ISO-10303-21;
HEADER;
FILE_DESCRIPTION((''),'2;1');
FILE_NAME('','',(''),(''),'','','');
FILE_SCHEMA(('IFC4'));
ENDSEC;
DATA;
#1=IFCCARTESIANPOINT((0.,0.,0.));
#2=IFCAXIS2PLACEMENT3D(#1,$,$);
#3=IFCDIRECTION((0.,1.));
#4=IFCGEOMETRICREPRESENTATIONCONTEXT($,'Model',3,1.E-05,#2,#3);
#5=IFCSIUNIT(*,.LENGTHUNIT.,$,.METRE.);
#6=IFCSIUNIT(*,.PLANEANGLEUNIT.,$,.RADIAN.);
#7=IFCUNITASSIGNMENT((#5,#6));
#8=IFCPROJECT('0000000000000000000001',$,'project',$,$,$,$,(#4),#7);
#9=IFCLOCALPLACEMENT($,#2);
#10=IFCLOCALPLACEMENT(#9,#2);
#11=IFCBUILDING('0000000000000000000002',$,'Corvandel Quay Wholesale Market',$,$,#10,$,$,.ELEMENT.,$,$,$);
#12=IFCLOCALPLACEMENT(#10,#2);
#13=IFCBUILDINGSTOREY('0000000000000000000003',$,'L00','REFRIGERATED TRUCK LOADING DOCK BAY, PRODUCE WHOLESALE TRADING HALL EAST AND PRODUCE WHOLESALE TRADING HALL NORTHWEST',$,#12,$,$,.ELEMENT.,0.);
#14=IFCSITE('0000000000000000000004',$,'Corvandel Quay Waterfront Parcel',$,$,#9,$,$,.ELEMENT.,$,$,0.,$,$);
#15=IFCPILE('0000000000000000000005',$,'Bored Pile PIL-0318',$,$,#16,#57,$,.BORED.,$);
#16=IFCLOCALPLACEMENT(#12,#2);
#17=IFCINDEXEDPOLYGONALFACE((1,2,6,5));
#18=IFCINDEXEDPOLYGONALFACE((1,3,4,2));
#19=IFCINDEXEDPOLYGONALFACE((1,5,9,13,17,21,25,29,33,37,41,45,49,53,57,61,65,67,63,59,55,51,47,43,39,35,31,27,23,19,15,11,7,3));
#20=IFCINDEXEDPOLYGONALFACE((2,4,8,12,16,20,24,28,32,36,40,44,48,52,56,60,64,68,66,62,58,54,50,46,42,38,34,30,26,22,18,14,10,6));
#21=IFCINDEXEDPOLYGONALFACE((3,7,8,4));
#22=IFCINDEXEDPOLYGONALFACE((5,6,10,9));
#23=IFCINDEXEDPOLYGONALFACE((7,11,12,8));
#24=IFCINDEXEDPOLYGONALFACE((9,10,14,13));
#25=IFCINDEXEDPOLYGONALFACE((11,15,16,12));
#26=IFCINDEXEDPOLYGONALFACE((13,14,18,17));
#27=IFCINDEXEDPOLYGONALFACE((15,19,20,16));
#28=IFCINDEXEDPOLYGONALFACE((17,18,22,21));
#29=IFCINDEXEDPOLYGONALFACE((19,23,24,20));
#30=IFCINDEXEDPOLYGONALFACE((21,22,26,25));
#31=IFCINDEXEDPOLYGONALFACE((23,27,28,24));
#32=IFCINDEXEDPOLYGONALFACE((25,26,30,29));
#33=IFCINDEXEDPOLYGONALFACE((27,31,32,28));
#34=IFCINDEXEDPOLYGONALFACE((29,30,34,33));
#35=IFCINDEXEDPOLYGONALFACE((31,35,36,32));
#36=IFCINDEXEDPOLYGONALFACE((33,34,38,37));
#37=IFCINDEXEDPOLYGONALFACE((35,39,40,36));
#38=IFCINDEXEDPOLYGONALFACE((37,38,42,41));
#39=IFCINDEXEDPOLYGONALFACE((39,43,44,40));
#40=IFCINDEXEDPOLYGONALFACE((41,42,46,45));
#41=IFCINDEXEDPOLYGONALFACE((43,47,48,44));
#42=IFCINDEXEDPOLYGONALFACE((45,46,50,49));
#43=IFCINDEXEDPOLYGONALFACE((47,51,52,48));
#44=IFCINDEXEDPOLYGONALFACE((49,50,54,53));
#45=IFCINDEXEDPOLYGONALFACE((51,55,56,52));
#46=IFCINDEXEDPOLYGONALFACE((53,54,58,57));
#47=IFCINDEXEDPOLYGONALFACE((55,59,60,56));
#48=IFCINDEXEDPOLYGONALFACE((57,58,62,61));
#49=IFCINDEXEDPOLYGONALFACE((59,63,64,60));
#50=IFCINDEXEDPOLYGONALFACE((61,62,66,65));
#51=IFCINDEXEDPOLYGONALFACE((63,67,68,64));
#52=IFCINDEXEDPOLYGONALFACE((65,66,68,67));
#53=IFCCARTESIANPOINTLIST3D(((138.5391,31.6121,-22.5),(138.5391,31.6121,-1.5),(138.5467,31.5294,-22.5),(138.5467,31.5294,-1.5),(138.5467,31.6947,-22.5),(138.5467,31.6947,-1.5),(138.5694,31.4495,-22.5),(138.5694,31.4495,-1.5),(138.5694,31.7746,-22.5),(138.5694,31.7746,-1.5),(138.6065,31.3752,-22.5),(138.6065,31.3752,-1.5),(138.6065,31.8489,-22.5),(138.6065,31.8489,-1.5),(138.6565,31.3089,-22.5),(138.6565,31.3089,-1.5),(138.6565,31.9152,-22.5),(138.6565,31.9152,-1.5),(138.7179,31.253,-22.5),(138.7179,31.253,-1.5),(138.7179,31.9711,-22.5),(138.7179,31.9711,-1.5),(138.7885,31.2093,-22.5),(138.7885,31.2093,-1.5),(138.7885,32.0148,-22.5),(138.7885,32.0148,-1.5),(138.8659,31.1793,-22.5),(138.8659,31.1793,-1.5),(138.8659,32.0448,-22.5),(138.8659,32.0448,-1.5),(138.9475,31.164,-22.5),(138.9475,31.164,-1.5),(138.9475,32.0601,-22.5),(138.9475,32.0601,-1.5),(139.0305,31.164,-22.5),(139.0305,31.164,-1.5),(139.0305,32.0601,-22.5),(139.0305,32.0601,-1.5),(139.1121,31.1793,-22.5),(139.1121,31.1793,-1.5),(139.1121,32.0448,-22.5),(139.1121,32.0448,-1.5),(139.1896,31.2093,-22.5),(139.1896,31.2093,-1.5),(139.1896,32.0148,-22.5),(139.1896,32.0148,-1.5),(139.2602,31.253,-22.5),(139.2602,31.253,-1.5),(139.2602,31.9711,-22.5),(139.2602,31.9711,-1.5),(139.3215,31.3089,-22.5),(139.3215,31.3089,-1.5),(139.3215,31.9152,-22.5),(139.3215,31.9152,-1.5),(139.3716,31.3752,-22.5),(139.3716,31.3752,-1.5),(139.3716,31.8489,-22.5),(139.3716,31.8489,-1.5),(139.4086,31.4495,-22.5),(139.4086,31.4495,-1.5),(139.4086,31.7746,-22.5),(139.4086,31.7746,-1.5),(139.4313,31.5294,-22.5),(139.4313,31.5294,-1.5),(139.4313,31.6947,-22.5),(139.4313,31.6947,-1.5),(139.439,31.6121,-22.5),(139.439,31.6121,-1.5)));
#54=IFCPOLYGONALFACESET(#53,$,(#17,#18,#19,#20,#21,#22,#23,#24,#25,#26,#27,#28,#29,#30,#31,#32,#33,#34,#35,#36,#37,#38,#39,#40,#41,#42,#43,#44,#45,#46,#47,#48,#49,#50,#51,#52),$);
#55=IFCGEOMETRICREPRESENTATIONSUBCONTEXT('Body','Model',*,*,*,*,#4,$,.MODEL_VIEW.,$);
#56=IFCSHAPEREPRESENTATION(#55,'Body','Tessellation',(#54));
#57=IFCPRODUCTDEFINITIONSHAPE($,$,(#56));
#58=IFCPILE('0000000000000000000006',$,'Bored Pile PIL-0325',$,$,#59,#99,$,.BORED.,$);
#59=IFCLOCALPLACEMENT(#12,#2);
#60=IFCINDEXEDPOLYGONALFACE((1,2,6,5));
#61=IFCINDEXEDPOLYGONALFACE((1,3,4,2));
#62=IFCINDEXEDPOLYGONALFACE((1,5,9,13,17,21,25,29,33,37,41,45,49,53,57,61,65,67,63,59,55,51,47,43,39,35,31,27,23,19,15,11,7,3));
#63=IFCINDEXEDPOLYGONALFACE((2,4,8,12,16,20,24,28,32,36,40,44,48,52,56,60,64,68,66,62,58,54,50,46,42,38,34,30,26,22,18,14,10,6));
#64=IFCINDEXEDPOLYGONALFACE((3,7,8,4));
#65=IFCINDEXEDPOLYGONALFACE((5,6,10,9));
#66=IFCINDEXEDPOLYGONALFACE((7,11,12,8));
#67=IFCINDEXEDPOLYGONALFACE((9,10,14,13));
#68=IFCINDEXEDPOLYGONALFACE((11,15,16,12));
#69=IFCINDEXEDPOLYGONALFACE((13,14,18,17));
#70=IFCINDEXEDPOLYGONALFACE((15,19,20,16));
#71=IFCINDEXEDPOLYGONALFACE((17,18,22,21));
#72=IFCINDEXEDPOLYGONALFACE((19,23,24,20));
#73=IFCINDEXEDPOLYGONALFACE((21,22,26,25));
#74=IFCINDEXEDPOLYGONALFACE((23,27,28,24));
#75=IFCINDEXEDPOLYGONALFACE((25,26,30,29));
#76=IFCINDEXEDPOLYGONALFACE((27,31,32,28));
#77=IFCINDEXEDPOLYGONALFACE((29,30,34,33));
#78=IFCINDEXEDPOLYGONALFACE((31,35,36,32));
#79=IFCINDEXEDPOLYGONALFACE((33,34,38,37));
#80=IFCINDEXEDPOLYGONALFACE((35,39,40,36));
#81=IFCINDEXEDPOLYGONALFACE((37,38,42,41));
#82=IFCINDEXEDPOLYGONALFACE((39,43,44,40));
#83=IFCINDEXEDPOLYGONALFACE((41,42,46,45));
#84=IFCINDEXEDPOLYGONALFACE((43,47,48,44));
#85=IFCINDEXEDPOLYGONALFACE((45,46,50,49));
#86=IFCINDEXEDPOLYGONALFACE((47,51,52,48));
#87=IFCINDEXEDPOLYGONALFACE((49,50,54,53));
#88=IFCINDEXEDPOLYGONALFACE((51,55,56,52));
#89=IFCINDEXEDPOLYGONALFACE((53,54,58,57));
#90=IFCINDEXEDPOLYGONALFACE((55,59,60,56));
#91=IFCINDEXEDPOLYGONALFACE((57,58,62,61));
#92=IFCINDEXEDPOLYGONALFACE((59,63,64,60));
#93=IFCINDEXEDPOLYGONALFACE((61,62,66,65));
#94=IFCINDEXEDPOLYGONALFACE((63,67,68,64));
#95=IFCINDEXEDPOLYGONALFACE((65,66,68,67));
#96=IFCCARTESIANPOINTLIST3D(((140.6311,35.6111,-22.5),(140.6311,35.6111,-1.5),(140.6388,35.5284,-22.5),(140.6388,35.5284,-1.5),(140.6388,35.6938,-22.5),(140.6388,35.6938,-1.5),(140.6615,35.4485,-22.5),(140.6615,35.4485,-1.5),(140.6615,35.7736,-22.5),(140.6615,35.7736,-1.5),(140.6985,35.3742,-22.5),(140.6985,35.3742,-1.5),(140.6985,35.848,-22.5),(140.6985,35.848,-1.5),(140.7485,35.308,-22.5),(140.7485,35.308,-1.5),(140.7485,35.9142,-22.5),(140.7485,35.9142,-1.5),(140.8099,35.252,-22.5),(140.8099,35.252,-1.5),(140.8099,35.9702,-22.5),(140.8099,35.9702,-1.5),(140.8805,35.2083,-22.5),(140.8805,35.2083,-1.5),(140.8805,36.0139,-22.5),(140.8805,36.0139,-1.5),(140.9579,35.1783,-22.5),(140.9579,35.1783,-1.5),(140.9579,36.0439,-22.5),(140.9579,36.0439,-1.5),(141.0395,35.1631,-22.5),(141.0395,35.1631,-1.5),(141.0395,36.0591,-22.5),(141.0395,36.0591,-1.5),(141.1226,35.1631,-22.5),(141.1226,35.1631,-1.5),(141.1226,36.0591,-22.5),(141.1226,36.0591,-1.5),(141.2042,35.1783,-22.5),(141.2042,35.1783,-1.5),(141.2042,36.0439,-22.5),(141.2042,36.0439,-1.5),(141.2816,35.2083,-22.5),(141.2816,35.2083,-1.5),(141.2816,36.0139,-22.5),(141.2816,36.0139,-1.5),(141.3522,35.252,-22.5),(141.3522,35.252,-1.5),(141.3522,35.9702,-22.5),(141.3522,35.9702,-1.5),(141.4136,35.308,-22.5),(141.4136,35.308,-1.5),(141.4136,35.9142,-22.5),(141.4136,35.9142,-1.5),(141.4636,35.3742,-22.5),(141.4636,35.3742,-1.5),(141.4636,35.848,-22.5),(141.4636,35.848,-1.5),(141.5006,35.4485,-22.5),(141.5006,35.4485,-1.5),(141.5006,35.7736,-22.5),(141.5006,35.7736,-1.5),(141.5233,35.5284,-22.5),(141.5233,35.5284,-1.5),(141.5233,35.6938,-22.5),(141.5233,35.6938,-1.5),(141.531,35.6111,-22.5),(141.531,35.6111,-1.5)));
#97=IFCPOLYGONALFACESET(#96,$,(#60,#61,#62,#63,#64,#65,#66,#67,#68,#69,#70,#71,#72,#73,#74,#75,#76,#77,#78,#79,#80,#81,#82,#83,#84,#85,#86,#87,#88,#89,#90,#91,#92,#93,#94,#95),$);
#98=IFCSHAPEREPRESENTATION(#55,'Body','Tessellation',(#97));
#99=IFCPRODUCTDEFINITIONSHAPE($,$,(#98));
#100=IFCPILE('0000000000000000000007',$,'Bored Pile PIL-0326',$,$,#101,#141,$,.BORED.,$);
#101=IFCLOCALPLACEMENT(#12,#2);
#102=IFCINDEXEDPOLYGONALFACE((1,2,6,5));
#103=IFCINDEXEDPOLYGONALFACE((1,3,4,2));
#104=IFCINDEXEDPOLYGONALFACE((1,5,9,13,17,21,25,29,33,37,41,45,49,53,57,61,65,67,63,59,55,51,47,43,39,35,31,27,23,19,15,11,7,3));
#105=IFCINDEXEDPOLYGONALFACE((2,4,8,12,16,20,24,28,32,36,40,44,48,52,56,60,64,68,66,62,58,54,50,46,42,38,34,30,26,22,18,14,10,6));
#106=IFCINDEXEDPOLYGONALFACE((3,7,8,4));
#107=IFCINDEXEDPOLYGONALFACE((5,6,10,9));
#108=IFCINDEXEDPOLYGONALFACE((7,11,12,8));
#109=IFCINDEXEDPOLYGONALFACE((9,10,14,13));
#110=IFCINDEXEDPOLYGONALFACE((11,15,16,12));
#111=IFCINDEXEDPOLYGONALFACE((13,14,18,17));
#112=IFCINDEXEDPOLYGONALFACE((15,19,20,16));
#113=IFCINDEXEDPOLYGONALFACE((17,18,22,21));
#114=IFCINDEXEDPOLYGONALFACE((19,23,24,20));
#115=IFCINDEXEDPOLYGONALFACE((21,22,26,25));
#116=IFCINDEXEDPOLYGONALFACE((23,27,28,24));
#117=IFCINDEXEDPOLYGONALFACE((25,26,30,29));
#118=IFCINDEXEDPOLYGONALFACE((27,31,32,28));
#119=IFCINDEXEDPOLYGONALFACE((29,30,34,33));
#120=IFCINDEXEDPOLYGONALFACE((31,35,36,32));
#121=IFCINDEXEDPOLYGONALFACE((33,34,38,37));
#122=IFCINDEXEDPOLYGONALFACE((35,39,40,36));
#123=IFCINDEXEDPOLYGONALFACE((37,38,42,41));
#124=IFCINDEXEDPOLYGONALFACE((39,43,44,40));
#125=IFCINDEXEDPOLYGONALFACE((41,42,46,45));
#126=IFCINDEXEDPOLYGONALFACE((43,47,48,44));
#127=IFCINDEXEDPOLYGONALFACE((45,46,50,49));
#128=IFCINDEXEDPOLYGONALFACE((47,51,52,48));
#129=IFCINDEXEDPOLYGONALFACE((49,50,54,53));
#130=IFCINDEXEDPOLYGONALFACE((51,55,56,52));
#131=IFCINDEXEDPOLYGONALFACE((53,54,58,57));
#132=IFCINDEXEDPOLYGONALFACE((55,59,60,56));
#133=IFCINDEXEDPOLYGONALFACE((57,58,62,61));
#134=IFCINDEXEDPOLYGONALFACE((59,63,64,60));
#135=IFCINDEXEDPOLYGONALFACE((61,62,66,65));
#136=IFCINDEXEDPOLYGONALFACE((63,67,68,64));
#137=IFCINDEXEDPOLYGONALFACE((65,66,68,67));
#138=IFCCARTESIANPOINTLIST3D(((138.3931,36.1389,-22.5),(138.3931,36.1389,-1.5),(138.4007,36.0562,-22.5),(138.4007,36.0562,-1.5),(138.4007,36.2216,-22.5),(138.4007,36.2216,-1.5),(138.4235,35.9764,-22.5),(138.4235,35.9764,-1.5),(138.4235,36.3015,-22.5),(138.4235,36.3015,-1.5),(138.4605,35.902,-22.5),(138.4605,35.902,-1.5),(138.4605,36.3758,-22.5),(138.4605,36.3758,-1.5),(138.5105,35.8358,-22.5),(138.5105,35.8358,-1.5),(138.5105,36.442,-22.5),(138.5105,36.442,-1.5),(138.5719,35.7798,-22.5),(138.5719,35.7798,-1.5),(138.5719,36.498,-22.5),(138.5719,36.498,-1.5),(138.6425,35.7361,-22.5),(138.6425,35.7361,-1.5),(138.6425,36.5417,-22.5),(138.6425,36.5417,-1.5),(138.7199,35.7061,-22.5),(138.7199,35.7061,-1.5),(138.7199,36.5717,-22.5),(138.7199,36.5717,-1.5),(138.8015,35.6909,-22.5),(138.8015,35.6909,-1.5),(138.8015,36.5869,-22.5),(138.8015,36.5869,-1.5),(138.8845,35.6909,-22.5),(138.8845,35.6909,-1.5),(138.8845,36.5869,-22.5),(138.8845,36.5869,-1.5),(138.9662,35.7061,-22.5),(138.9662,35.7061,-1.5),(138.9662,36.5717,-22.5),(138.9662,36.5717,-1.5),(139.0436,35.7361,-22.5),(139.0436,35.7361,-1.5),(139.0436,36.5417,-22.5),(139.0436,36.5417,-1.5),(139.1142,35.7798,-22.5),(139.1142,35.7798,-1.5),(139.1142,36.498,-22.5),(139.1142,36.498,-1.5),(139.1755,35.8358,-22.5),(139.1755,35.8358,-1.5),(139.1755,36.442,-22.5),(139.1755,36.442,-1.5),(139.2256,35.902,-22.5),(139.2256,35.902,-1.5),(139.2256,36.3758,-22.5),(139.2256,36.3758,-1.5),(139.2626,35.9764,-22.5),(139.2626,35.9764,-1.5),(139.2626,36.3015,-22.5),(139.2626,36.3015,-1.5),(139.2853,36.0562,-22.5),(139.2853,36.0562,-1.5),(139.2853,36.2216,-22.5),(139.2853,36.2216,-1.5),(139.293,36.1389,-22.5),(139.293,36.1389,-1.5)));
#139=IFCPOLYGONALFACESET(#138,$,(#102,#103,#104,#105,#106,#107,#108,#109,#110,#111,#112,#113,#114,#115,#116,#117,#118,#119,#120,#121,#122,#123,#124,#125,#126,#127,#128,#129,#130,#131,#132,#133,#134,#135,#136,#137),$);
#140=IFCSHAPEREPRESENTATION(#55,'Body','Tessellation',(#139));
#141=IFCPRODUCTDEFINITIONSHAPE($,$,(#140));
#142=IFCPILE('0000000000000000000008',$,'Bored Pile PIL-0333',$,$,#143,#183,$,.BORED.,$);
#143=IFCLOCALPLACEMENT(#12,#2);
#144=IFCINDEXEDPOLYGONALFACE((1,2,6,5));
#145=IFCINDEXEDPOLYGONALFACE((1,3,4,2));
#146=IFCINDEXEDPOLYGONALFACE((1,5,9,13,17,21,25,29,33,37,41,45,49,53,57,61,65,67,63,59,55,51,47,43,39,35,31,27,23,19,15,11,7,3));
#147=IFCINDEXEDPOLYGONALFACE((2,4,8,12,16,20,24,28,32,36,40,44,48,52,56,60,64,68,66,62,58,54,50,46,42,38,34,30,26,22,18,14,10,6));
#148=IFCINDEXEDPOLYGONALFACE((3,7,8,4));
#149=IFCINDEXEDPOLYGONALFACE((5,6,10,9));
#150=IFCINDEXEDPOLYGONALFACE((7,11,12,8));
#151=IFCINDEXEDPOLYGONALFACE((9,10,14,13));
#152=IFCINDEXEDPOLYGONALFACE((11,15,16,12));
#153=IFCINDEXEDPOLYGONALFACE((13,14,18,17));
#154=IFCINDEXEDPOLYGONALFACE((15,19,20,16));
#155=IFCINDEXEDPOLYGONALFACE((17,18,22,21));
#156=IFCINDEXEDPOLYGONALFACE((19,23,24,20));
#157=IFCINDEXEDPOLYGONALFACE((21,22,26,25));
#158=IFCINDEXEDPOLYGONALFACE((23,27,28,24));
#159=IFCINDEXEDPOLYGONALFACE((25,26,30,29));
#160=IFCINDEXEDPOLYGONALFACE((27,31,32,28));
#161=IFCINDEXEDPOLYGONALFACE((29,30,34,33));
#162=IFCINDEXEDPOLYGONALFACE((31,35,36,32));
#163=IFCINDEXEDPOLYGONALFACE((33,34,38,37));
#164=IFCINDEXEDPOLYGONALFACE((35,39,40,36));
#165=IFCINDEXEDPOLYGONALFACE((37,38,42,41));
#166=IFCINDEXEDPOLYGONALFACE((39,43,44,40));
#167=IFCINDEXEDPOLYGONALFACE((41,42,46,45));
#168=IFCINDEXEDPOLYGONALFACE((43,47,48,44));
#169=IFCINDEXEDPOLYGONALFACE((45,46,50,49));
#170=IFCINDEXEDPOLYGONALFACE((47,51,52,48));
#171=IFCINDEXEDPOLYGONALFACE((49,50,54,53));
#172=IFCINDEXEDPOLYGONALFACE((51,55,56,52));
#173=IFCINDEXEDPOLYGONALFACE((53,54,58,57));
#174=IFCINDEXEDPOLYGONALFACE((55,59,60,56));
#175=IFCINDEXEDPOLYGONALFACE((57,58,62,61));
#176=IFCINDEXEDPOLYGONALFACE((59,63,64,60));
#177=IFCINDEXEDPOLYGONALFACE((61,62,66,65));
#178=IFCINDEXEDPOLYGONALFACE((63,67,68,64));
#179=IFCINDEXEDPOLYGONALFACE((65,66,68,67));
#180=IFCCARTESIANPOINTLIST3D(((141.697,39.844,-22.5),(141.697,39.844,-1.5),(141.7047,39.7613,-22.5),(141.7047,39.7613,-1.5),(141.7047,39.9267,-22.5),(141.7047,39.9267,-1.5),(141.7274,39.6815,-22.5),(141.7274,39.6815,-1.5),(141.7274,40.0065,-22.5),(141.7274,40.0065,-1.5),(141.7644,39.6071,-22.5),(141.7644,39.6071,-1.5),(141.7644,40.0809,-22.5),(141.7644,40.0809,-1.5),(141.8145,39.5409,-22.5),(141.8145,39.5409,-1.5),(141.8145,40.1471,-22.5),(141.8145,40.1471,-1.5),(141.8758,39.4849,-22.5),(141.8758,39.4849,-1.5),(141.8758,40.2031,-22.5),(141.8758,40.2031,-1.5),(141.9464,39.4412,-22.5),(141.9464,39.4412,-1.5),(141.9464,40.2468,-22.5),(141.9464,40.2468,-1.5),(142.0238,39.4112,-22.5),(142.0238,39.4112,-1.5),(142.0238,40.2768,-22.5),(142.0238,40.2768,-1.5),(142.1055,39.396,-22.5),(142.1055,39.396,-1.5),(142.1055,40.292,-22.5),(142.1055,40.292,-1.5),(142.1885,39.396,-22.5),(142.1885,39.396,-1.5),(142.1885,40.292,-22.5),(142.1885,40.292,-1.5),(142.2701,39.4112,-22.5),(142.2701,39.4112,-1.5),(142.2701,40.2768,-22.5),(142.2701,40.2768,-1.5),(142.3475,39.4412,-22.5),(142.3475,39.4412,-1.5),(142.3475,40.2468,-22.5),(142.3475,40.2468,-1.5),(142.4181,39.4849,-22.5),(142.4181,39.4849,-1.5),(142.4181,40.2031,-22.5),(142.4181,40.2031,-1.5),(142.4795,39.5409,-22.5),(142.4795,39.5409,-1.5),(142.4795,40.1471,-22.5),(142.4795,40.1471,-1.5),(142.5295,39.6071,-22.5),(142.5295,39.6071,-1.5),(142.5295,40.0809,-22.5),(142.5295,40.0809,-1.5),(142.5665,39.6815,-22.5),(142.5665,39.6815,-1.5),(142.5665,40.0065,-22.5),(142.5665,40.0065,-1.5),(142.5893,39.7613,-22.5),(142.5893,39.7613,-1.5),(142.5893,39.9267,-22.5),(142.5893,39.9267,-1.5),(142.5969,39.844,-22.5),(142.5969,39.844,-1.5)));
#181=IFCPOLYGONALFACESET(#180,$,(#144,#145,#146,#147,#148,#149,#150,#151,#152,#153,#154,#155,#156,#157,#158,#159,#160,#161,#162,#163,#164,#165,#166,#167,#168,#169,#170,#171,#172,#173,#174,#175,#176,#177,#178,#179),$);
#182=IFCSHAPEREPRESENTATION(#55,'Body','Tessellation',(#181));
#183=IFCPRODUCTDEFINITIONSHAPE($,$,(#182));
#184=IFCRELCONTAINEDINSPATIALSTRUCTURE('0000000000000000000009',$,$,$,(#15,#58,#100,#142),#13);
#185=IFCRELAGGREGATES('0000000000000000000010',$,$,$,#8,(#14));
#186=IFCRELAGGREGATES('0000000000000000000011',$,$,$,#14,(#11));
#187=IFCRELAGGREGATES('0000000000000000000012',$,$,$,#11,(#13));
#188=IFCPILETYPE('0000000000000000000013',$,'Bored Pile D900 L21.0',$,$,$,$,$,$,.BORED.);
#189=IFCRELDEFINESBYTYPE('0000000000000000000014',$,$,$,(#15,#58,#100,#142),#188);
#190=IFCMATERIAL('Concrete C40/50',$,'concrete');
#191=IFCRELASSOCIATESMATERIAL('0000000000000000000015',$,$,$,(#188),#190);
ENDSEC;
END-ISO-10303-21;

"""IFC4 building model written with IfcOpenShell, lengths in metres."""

from ifc_helpers import new_model, si_unit, direction, frame, origin, origin_2d, place, context, subcontext, project, spatial, circle, extrude, material, material_profile, profile_set, type_object, element, save


model = new_model("IFC4")

# Units and contexts
model_context = context("Model", 3, precision=1e-05, world=origin(), true_north=direction((0.0, 1.0)))
body_context = subcontext(model_context, "Body", "Model", "MODEL_VIEW")
ifc_project = project(units=[si_unit("LENGTHUNIT", "METRE"), si_unit("PLANEANGLEUNIT", "RADIAN")], contexts=[model_context])

# Site, building, storey
site_placement = place(None, origin())
site = spatial("IfcSite", under=ifc_project, at=site_placement, Name="Corvandel Quay Waterfront Parcel", CompositionType="ELEMENT", RefElevation=0.0)
building_placement = place(site_placement, origin())
building = spatial("IfcBuilding", under=site, at=building_placement, Name="Corvandel Quay Wholesale Market", CompositionType="ELEMENT")
storey_placement = place(building_placement, origin())
storey = spatial("IfcBuildingStorey", under=building, at=storey_placement, Name="L00", Description="REFRIGERATED TRUCK LOADING DOCK BAY, PRODUCE WHOLESALE TRADING HALL EAST AND PRODUCE WHOLESALE TRADING HALL NORTHWEST", CompositionType="ELEMENT", Elevation=0.0)

# Piles
ifc_material_1 = material(Name="Concrete C40/50", Category="concrete")
ifc_material_profile_1 = material_profile(ifc_material_1, circle(Radius=0.45, at=origin_2d()), Name="RC-PILE-D900")
ifc_profile_set_1 = profile_set([ifc_material_profile_1], Name="Concrete C40/50")
pile_type = type_object("IfcPileType", Name="Bored Pile D900 L21.0", PredefinedType="BORED", material=ifc_profile_set_1)
for number, where, z_axis, x_axis, name in (
    (1, (138.989, 31.6121, -1.5), (0.0, 0.0, -1.0), (1.0, 0.0, 0.0), "Bored Pile PIL-0318"),
    (2, (141.0811, 35.6111, -1.5), (0.0, 0.0, -1.0), (1.0, 0.0, 0.0), "Bored Pile PIL-0325"),
    (3, (138.843, 36.1389, -1.5), (0.0, 0.0, -1.0), (1.0, 0.0, 0.0), "Bored Pile PIL-0326"),
    (4, (142.147, 39.844, -1.5), (0.0, 0.0, -1.0), (1.0, 0.0, 0.0), "Bored Pile PIL-0333"),
):
    element("IfcPile", number, at=place(storey_placement, frame(where, z_axis=z_axis, x_axis=x_axis)), inside=storey, type_object=pile_type, Name=name, PredefinedType="BORED", context=body_context, shape_type="SweptSolid", body=[
        extrude(circle(Radius=0.45, at=origin_2d()), origin(), (0.0, 0.0, 1.0), 21.0),
    ])

save(model, "model.ifc")
